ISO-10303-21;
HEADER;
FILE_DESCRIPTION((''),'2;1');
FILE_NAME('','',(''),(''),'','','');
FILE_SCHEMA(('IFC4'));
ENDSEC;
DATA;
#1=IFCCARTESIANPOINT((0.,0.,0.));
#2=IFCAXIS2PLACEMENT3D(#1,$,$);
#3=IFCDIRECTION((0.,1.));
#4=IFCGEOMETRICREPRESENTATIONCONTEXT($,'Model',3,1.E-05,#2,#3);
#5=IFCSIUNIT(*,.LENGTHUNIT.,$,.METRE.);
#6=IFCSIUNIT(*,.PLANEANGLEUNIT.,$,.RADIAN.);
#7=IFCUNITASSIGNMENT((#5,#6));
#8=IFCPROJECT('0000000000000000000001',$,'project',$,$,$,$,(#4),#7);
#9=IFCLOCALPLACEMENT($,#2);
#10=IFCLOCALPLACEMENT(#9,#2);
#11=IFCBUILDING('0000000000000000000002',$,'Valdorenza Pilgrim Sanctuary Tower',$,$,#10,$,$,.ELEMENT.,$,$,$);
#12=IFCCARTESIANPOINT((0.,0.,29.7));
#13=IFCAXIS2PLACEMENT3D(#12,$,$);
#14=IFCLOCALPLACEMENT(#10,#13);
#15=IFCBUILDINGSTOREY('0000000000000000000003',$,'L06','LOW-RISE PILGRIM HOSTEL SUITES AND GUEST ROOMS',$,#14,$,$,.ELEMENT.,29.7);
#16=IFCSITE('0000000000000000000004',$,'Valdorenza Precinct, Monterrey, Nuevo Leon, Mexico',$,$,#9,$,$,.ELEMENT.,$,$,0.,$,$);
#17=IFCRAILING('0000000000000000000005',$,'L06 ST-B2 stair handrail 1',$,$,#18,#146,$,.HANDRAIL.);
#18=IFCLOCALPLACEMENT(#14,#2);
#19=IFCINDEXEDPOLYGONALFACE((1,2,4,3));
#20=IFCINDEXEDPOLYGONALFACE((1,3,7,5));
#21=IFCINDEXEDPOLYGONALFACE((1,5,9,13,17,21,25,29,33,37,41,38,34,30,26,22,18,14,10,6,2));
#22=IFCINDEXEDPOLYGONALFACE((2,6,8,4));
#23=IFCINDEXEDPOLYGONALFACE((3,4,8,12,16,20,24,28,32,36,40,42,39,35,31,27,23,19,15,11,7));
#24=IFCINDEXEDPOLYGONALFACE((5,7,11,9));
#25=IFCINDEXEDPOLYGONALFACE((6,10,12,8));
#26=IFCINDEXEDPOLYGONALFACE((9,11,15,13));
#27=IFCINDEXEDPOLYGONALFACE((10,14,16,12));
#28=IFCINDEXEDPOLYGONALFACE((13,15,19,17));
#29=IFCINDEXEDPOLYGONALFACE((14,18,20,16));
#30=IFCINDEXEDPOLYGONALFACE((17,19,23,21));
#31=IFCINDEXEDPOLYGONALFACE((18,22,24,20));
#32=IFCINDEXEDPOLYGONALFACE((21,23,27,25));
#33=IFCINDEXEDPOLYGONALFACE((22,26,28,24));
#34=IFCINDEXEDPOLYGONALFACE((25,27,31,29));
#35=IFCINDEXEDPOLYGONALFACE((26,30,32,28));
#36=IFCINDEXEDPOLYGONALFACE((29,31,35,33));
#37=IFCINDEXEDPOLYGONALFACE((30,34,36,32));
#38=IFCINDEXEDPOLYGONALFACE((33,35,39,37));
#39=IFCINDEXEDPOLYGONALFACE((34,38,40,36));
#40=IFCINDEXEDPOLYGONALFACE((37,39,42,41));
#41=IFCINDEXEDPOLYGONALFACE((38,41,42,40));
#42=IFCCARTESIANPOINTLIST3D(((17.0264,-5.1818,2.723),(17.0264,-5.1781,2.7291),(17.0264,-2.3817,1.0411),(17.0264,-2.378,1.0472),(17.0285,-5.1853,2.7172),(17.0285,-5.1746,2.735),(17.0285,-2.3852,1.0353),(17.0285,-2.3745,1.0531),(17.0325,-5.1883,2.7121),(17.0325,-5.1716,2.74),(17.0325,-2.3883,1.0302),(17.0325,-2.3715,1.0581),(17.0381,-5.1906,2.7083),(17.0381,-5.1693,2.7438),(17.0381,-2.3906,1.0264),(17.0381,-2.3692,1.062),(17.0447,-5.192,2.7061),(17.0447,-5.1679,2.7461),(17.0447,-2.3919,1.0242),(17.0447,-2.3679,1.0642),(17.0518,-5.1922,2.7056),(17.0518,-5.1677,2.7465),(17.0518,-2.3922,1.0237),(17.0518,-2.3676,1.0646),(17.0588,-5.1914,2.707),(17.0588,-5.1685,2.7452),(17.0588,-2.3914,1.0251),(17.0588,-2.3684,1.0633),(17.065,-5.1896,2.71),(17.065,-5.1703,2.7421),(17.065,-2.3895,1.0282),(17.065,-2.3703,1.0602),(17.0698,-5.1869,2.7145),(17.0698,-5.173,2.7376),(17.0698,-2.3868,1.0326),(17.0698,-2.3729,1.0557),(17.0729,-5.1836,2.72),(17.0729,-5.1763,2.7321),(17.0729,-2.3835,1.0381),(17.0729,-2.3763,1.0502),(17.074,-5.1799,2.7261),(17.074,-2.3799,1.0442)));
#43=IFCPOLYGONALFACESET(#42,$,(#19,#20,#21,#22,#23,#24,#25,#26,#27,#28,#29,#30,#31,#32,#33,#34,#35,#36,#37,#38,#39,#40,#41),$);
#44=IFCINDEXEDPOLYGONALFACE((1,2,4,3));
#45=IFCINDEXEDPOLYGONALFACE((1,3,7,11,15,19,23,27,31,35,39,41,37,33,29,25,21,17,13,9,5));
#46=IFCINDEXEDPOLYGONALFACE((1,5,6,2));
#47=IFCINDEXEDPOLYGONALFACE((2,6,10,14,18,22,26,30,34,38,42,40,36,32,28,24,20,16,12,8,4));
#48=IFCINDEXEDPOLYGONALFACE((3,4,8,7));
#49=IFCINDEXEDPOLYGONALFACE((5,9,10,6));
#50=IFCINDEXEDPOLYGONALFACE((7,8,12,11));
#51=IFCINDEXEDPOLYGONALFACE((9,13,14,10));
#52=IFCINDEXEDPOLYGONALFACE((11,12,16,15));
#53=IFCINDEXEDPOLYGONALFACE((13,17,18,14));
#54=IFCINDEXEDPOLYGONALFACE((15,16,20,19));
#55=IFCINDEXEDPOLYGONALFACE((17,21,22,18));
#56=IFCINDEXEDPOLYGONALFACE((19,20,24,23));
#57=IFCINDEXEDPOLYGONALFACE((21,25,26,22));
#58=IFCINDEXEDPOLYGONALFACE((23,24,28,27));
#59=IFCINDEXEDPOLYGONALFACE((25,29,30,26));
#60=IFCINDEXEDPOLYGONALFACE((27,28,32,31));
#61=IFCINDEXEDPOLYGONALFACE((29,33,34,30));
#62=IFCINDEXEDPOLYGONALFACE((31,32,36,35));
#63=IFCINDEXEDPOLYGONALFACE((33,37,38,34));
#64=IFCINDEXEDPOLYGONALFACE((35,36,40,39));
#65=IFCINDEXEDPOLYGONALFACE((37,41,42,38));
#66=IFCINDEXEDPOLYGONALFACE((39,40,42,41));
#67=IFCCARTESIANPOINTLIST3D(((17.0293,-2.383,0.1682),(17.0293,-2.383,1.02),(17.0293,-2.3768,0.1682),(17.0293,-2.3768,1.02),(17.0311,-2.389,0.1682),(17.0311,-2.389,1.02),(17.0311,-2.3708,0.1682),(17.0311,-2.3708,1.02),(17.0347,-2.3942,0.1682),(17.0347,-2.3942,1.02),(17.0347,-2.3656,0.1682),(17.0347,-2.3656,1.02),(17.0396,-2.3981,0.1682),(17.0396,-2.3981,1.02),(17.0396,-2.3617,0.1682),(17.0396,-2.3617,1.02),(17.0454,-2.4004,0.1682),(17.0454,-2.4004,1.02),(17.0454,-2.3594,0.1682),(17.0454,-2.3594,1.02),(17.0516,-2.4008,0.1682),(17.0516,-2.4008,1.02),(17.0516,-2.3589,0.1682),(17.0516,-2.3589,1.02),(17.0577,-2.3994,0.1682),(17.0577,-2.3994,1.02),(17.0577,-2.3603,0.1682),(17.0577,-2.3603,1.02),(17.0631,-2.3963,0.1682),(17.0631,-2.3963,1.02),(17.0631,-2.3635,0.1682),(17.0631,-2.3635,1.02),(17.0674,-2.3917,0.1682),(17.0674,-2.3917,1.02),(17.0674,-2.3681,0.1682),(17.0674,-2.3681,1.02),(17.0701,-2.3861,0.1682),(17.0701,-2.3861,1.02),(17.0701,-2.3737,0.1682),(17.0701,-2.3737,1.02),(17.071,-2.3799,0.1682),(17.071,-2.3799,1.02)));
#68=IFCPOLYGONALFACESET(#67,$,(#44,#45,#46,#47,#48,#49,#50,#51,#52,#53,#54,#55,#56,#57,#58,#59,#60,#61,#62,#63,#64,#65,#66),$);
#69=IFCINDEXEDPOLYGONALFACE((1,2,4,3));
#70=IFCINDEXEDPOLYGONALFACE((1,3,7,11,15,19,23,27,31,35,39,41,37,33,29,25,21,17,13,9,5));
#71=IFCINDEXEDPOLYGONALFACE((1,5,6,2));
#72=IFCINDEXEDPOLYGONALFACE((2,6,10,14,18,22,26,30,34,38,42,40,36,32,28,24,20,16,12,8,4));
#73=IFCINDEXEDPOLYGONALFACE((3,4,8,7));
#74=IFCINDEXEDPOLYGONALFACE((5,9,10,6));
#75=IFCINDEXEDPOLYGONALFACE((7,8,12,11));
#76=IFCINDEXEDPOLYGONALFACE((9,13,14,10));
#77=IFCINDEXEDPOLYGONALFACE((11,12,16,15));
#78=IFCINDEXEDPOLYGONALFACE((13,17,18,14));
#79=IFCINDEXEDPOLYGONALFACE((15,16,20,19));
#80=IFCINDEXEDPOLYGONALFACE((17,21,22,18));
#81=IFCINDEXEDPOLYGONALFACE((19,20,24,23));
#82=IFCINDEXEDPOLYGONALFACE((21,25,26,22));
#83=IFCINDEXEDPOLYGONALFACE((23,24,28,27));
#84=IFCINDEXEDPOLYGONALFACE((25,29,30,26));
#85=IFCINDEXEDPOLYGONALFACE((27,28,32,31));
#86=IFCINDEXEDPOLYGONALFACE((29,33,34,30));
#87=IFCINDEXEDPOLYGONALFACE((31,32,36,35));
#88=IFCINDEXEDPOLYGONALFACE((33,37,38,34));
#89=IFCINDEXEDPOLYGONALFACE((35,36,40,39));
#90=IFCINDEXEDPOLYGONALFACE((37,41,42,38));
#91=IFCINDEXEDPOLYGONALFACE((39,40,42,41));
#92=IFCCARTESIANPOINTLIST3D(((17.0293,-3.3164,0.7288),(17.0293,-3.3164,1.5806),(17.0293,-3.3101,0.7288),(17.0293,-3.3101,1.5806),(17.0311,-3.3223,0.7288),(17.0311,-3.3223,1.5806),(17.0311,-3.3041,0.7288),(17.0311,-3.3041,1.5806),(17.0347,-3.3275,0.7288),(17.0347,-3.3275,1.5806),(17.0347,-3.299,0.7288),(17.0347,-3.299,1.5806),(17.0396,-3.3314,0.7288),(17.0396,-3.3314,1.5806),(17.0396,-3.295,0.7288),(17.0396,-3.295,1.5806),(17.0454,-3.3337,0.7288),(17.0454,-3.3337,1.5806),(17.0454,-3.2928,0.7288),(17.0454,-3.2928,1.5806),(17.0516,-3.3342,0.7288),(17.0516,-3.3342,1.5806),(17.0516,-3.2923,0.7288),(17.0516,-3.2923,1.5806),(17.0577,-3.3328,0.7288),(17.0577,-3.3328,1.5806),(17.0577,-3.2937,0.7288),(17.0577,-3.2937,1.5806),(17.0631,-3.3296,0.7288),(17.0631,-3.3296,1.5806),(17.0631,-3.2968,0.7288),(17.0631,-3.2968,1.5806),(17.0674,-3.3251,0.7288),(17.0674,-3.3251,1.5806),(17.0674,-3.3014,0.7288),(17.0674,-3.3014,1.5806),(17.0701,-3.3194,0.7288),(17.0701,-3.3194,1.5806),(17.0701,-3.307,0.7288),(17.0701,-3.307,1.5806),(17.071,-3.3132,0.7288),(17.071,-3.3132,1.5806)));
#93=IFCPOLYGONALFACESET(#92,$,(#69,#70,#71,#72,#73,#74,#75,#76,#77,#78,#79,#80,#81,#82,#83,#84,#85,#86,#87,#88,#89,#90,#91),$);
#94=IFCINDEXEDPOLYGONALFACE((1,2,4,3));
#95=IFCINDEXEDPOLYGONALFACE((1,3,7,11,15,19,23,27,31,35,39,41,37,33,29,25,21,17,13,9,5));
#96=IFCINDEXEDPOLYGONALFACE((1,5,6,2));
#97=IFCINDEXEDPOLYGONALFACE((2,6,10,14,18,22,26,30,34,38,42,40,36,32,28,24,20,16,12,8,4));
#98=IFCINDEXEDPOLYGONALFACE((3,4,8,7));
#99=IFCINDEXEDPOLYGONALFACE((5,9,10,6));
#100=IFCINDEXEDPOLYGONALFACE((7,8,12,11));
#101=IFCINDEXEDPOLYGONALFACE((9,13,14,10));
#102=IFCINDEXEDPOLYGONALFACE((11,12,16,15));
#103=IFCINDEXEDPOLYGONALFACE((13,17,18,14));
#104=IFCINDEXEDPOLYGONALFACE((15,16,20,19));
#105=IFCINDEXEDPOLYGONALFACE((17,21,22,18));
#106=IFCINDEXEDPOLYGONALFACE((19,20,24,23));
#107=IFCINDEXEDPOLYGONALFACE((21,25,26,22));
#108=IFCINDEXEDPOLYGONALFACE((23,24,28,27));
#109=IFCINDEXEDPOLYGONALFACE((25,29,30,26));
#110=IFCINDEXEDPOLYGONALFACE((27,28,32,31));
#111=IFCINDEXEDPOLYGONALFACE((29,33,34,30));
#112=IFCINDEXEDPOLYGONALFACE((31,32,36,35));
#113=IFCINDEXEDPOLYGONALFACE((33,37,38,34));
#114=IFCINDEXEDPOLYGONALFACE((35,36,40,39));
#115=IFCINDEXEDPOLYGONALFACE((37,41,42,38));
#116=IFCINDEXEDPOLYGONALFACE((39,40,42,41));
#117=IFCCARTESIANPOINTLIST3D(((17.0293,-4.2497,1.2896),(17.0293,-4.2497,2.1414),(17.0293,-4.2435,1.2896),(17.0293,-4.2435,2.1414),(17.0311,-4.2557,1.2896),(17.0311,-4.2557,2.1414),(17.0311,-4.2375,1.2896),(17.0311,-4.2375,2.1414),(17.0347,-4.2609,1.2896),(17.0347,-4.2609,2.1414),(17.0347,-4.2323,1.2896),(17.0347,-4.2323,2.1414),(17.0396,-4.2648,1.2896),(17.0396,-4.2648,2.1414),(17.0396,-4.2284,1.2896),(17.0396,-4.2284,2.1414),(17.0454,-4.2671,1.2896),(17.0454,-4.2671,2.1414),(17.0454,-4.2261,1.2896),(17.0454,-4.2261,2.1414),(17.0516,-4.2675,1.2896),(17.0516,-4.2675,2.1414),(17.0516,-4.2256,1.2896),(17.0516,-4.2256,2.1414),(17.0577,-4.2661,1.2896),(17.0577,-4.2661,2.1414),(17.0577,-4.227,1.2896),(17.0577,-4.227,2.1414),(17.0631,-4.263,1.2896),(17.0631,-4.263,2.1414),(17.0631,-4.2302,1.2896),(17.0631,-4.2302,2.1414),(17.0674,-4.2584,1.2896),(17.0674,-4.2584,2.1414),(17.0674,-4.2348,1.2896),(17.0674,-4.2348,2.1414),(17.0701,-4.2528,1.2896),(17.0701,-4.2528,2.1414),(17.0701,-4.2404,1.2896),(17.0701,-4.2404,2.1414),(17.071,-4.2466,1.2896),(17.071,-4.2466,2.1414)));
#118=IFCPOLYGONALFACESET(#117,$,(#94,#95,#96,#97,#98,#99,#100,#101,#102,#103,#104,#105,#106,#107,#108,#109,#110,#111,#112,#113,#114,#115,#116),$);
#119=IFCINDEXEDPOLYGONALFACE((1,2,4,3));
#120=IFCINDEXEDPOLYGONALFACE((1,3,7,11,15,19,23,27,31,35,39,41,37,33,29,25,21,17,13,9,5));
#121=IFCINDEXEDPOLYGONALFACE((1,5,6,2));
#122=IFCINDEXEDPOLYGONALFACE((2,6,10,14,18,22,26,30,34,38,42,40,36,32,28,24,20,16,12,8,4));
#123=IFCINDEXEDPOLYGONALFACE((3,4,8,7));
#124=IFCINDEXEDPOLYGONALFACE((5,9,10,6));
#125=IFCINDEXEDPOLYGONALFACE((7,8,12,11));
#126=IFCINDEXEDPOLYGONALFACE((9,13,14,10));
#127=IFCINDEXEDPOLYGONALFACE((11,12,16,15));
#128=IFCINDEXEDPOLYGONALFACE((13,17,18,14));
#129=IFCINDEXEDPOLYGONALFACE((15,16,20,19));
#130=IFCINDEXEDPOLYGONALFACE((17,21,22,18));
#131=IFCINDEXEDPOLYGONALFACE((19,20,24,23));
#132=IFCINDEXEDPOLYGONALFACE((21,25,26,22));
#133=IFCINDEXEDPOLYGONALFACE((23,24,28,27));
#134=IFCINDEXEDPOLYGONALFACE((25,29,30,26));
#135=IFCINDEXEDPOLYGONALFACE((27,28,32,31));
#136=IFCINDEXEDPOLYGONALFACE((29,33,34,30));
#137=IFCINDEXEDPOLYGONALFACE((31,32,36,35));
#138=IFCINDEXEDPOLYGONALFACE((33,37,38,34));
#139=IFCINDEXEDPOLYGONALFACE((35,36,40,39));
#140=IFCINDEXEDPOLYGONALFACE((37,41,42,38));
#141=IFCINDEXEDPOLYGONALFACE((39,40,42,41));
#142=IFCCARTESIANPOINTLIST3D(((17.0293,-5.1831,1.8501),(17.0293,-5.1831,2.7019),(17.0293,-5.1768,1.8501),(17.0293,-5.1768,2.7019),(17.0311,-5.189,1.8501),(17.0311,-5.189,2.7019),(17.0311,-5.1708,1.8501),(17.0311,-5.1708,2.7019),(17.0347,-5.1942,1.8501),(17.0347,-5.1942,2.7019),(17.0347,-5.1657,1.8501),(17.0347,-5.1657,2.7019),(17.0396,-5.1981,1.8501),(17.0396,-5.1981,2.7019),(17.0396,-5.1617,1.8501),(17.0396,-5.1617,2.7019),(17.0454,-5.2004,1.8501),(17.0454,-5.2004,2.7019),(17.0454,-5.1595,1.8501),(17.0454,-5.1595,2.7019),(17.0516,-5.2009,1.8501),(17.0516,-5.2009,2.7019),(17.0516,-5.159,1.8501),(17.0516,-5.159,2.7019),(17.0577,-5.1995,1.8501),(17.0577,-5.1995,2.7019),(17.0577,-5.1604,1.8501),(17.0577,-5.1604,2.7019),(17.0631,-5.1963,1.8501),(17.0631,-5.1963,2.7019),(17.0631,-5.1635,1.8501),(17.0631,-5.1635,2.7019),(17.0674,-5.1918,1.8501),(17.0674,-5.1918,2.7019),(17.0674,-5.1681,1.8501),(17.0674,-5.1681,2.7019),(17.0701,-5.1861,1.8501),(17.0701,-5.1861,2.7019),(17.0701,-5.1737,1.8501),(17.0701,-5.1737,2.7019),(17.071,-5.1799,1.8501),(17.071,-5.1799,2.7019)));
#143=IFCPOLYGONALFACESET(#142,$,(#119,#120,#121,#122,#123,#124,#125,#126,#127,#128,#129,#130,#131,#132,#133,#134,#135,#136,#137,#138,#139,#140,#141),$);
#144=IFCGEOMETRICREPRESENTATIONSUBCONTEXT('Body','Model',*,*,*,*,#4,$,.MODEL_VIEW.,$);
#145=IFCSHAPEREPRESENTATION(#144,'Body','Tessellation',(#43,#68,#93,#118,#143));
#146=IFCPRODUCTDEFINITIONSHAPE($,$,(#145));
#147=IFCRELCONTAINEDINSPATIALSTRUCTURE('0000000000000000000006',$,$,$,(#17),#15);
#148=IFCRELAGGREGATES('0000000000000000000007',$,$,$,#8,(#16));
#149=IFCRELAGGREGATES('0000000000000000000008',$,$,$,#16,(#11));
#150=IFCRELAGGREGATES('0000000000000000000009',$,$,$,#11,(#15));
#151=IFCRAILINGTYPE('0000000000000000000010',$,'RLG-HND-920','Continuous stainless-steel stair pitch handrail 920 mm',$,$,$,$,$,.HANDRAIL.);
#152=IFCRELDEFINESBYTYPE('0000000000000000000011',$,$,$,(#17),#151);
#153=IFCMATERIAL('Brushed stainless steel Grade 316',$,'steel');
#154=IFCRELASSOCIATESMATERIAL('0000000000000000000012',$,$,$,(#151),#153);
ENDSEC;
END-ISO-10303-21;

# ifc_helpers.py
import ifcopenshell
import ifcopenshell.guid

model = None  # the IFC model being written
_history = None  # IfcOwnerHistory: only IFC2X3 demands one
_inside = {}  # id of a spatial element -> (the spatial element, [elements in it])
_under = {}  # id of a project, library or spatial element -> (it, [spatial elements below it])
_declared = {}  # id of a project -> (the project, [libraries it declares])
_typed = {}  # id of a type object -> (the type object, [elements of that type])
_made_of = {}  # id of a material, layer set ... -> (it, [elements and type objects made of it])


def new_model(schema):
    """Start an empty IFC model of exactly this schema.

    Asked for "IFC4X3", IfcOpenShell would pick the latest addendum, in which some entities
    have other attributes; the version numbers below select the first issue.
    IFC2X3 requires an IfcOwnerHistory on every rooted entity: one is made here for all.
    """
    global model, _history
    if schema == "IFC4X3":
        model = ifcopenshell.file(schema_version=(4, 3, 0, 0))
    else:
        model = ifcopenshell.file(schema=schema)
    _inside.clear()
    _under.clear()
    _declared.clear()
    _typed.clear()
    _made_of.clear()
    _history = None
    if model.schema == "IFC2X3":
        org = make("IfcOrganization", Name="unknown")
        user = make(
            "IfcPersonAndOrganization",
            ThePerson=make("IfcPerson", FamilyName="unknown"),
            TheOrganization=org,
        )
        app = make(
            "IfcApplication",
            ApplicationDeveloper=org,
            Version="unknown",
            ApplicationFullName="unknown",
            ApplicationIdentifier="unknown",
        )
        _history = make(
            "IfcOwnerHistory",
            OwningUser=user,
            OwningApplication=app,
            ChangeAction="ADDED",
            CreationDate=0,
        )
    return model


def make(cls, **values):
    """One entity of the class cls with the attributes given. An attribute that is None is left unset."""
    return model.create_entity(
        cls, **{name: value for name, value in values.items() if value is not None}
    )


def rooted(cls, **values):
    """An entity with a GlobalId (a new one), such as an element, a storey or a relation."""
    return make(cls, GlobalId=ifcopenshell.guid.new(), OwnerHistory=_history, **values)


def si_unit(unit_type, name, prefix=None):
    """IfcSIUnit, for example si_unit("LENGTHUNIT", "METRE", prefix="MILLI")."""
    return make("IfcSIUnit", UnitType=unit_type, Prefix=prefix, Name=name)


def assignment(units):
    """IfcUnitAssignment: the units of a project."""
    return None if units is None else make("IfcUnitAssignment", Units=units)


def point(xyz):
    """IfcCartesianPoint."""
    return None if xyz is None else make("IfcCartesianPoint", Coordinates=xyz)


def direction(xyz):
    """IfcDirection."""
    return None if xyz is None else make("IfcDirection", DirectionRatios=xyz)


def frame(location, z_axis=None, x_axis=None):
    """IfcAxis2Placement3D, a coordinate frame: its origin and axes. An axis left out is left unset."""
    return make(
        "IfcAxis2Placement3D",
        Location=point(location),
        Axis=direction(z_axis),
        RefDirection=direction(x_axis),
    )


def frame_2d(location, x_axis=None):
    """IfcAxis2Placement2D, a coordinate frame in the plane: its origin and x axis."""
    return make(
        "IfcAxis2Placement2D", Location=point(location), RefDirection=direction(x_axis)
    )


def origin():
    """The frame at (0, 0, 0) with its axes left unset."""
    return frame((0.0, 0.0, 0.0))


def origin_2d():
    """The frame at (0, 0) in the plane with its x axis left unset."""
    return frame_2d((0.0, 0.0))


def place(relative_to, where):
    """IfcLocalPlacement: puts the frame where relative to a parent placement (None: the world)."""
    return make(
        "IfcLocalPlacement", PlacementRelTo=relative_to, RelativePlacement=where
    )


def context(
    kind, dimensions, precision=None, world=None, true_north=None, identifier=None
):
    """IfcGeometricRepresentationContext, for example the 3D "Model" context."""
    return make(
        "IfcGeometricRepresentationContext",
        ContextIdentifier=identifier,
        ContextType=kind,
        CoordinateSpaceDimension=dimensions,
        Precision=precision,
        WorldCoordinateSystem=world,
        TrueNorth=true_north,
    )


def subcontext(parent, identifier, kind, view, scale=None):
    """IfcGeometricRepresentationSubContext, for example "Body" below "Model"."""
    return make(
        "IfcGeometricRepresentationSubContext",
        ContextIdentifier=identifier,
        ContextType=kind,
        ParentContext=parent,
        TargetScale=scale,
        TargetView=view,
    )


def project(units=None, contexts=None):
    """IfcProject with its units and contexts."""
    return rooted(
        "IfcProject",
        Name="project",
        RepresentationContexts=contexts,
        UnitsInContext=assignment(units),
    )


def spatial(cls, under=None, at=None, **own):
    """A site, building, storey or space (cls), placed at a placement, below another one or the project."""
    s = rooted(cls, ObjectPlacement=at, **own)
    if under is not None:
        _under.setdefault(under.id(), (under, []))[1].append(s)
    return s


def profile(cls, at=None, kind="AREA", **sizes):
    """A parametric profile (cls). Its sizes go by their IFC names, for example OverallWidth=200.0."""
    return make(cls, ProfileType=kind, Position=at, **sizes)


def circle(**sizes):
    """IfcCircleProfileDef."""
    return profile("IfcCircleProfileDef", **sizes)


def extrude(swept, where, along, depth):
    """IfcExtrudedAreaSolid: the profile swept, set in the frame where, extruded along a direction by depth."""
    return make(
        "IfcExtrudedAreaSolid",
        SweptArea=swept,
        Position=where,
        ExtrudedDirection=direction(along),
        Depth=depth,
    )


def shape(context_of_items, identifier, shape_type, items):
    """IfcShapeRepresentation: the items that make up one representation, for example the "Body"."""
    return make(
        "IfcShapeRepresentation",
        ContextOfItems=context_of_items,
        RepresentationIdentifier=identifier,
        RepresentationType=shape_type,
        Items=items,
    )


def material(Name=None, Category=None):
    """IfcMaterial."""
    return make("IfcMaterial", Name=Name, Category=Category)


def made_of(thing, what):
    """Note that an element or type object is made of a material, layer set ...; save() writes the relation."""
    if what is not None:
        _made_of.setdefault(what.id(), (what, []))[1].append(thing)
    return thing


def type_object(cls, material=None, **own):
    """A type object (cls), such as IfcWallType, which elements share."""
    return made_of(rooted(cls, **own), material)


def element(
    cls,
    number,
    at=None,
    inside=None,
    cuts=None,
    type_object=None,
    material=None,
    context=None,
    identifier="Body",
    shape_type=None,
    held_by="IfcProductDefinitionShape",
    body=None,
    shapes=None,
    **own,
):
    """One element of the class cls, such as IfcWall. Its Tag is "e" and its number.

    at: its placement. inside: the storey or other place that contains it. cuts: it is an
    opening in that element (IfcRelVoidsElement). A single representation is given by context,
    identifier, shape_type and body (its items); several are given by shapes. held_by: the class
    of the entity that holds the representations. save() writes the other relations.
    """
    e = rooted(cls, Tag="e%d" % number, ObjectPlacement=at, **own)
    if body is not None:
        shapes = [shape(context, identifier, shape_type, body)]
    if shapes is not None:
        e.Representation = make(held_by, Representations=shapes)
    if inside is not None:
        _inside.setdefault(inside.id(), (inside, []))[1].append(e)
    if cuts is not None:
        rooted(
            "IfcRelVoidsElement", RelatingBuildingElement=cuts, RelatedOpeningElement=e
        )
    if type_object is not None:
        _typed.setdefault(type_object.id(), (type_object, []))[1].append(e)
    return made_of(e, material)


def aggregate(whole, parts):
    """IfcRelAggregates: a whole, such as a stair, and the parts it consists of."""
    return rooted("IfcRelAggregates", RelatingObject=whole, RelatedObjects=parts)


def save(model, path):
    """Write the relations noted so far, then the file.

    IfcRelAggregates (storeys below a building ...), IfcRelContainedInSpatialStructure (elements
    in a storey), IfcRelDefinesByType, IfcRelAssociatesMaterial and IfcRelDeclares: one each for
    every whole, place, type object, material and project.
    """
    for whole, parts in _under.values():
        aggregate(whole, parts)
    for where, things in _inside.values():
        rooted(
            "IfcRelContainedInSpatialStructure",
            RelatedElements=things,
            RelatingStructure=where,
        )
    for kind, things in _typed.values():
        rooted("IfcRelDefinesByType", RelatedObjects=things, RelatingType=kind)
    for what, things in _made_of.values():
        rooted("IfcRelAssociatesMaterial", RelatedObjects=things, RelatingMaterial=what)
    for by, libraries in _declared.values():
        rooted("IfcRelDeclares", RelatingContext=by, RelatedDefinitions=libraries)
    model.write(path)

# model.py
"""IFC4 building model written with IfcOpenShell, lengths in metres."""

from ifc_helpers import new_model, si_unit, direction, frame, origin, origin_2d, place, context, subcontext, project, spatial, circle, extrude, material, type_object, element, save


model = new_model("IFC4")

# Units and contexts
model_context = context("Model", 3, precision=1e-05, world=origin(), true_north=direction((0.0, 1.0)))
body_context = subcontext(model_context, "Body", "Model", "MODEL_VIEW")
ifc_project = project(units=[si_unit("LENGTHUNIT", "METRE"), si_unit("PLANEANGLEUNIT", "RADIAN")], contexts=[model_context])

# Site, building, storey
site_placement = place(None, origin())
site = spatial("IfcSite", under=ifc_project, at=site_placement, Name="Valdorenza Precinct, Monterrey, Nuevo Leon, Mexico", CompositionType="ELEMENT", RefElevation=0.0)
building_placement = place(site_placement, origin())
building = spatial("IfcBuilding", under=site, at=building_placement, Name="Valdorenza Pilgrim Sanctuary Tower", CompositionType="ELEMENT")
storey_placement = place(building_placement, frame((0.0, 0.0, 29.7)))
storey = spatial("IfcBuildingStorey", under=building, at=storey_placement, Name="L06", Description="LOW-RISE PILGRIM HOSTEL SUITES AND GUEST ROOMS", CompositionType="ELEMENT", Elevation=29.7)

# Shared definitions
ifc_material_1 = material(Name="Brushed stainless steel Grade 316", Category="steel")

# Railing
railing_type_1 = type_object("IfcRailingType", Name="RLG-HND-920", Description="Continuous stainless-steel stair pitch handrail 920 mm", PredefinedType="HANDRAIL", material=ifc_material_1)
railing_1_placement = place(storey_placement, frame((17.05, -2.3799, 0.1682)))
element("IfcRailing", 1, at=railing_1_placement, inside=storey, type_object=railing_type_1, Name="L06 ST-B2 stair handrail 1", PredefinedType="HANDRAIL", context=body_context, shape_type="SweptSolid", body=[
    extrude(circle(Radius=0.0239, at=origin_2d()), frame((0.0, 0.0, 0.876), z_axis=(0.0, -0.857242, 0.514913), x_axis=(1.0, 0.0, 0.0)), (0.0, 0.0, 1.0), 3.2664),
    extrude(circle(Radius=0.021, at=origin_2d()), origin(), (0.0, 0.0, 1.0), 0.8518),
    extrude(circle(Radius=0.021, at=origin_2d()), frame((0.0, -0.9333, 0.5605)), (0.0, 0.0, 1.0), 0.8518),
    extrude(circle(Radius=0.021, at=origin_2d()), frame((0.0, -1.8667, 1.1213)), (0.0, 0.0, 1.0), 0.8518),
    extrude(circle(Radius=0.021, at=origin_2d()), frame((0.0, -2.8, 1.6819)), (0.0, 0.0, 1.0), 0.8518),
])

save(model, "model.ifc")
